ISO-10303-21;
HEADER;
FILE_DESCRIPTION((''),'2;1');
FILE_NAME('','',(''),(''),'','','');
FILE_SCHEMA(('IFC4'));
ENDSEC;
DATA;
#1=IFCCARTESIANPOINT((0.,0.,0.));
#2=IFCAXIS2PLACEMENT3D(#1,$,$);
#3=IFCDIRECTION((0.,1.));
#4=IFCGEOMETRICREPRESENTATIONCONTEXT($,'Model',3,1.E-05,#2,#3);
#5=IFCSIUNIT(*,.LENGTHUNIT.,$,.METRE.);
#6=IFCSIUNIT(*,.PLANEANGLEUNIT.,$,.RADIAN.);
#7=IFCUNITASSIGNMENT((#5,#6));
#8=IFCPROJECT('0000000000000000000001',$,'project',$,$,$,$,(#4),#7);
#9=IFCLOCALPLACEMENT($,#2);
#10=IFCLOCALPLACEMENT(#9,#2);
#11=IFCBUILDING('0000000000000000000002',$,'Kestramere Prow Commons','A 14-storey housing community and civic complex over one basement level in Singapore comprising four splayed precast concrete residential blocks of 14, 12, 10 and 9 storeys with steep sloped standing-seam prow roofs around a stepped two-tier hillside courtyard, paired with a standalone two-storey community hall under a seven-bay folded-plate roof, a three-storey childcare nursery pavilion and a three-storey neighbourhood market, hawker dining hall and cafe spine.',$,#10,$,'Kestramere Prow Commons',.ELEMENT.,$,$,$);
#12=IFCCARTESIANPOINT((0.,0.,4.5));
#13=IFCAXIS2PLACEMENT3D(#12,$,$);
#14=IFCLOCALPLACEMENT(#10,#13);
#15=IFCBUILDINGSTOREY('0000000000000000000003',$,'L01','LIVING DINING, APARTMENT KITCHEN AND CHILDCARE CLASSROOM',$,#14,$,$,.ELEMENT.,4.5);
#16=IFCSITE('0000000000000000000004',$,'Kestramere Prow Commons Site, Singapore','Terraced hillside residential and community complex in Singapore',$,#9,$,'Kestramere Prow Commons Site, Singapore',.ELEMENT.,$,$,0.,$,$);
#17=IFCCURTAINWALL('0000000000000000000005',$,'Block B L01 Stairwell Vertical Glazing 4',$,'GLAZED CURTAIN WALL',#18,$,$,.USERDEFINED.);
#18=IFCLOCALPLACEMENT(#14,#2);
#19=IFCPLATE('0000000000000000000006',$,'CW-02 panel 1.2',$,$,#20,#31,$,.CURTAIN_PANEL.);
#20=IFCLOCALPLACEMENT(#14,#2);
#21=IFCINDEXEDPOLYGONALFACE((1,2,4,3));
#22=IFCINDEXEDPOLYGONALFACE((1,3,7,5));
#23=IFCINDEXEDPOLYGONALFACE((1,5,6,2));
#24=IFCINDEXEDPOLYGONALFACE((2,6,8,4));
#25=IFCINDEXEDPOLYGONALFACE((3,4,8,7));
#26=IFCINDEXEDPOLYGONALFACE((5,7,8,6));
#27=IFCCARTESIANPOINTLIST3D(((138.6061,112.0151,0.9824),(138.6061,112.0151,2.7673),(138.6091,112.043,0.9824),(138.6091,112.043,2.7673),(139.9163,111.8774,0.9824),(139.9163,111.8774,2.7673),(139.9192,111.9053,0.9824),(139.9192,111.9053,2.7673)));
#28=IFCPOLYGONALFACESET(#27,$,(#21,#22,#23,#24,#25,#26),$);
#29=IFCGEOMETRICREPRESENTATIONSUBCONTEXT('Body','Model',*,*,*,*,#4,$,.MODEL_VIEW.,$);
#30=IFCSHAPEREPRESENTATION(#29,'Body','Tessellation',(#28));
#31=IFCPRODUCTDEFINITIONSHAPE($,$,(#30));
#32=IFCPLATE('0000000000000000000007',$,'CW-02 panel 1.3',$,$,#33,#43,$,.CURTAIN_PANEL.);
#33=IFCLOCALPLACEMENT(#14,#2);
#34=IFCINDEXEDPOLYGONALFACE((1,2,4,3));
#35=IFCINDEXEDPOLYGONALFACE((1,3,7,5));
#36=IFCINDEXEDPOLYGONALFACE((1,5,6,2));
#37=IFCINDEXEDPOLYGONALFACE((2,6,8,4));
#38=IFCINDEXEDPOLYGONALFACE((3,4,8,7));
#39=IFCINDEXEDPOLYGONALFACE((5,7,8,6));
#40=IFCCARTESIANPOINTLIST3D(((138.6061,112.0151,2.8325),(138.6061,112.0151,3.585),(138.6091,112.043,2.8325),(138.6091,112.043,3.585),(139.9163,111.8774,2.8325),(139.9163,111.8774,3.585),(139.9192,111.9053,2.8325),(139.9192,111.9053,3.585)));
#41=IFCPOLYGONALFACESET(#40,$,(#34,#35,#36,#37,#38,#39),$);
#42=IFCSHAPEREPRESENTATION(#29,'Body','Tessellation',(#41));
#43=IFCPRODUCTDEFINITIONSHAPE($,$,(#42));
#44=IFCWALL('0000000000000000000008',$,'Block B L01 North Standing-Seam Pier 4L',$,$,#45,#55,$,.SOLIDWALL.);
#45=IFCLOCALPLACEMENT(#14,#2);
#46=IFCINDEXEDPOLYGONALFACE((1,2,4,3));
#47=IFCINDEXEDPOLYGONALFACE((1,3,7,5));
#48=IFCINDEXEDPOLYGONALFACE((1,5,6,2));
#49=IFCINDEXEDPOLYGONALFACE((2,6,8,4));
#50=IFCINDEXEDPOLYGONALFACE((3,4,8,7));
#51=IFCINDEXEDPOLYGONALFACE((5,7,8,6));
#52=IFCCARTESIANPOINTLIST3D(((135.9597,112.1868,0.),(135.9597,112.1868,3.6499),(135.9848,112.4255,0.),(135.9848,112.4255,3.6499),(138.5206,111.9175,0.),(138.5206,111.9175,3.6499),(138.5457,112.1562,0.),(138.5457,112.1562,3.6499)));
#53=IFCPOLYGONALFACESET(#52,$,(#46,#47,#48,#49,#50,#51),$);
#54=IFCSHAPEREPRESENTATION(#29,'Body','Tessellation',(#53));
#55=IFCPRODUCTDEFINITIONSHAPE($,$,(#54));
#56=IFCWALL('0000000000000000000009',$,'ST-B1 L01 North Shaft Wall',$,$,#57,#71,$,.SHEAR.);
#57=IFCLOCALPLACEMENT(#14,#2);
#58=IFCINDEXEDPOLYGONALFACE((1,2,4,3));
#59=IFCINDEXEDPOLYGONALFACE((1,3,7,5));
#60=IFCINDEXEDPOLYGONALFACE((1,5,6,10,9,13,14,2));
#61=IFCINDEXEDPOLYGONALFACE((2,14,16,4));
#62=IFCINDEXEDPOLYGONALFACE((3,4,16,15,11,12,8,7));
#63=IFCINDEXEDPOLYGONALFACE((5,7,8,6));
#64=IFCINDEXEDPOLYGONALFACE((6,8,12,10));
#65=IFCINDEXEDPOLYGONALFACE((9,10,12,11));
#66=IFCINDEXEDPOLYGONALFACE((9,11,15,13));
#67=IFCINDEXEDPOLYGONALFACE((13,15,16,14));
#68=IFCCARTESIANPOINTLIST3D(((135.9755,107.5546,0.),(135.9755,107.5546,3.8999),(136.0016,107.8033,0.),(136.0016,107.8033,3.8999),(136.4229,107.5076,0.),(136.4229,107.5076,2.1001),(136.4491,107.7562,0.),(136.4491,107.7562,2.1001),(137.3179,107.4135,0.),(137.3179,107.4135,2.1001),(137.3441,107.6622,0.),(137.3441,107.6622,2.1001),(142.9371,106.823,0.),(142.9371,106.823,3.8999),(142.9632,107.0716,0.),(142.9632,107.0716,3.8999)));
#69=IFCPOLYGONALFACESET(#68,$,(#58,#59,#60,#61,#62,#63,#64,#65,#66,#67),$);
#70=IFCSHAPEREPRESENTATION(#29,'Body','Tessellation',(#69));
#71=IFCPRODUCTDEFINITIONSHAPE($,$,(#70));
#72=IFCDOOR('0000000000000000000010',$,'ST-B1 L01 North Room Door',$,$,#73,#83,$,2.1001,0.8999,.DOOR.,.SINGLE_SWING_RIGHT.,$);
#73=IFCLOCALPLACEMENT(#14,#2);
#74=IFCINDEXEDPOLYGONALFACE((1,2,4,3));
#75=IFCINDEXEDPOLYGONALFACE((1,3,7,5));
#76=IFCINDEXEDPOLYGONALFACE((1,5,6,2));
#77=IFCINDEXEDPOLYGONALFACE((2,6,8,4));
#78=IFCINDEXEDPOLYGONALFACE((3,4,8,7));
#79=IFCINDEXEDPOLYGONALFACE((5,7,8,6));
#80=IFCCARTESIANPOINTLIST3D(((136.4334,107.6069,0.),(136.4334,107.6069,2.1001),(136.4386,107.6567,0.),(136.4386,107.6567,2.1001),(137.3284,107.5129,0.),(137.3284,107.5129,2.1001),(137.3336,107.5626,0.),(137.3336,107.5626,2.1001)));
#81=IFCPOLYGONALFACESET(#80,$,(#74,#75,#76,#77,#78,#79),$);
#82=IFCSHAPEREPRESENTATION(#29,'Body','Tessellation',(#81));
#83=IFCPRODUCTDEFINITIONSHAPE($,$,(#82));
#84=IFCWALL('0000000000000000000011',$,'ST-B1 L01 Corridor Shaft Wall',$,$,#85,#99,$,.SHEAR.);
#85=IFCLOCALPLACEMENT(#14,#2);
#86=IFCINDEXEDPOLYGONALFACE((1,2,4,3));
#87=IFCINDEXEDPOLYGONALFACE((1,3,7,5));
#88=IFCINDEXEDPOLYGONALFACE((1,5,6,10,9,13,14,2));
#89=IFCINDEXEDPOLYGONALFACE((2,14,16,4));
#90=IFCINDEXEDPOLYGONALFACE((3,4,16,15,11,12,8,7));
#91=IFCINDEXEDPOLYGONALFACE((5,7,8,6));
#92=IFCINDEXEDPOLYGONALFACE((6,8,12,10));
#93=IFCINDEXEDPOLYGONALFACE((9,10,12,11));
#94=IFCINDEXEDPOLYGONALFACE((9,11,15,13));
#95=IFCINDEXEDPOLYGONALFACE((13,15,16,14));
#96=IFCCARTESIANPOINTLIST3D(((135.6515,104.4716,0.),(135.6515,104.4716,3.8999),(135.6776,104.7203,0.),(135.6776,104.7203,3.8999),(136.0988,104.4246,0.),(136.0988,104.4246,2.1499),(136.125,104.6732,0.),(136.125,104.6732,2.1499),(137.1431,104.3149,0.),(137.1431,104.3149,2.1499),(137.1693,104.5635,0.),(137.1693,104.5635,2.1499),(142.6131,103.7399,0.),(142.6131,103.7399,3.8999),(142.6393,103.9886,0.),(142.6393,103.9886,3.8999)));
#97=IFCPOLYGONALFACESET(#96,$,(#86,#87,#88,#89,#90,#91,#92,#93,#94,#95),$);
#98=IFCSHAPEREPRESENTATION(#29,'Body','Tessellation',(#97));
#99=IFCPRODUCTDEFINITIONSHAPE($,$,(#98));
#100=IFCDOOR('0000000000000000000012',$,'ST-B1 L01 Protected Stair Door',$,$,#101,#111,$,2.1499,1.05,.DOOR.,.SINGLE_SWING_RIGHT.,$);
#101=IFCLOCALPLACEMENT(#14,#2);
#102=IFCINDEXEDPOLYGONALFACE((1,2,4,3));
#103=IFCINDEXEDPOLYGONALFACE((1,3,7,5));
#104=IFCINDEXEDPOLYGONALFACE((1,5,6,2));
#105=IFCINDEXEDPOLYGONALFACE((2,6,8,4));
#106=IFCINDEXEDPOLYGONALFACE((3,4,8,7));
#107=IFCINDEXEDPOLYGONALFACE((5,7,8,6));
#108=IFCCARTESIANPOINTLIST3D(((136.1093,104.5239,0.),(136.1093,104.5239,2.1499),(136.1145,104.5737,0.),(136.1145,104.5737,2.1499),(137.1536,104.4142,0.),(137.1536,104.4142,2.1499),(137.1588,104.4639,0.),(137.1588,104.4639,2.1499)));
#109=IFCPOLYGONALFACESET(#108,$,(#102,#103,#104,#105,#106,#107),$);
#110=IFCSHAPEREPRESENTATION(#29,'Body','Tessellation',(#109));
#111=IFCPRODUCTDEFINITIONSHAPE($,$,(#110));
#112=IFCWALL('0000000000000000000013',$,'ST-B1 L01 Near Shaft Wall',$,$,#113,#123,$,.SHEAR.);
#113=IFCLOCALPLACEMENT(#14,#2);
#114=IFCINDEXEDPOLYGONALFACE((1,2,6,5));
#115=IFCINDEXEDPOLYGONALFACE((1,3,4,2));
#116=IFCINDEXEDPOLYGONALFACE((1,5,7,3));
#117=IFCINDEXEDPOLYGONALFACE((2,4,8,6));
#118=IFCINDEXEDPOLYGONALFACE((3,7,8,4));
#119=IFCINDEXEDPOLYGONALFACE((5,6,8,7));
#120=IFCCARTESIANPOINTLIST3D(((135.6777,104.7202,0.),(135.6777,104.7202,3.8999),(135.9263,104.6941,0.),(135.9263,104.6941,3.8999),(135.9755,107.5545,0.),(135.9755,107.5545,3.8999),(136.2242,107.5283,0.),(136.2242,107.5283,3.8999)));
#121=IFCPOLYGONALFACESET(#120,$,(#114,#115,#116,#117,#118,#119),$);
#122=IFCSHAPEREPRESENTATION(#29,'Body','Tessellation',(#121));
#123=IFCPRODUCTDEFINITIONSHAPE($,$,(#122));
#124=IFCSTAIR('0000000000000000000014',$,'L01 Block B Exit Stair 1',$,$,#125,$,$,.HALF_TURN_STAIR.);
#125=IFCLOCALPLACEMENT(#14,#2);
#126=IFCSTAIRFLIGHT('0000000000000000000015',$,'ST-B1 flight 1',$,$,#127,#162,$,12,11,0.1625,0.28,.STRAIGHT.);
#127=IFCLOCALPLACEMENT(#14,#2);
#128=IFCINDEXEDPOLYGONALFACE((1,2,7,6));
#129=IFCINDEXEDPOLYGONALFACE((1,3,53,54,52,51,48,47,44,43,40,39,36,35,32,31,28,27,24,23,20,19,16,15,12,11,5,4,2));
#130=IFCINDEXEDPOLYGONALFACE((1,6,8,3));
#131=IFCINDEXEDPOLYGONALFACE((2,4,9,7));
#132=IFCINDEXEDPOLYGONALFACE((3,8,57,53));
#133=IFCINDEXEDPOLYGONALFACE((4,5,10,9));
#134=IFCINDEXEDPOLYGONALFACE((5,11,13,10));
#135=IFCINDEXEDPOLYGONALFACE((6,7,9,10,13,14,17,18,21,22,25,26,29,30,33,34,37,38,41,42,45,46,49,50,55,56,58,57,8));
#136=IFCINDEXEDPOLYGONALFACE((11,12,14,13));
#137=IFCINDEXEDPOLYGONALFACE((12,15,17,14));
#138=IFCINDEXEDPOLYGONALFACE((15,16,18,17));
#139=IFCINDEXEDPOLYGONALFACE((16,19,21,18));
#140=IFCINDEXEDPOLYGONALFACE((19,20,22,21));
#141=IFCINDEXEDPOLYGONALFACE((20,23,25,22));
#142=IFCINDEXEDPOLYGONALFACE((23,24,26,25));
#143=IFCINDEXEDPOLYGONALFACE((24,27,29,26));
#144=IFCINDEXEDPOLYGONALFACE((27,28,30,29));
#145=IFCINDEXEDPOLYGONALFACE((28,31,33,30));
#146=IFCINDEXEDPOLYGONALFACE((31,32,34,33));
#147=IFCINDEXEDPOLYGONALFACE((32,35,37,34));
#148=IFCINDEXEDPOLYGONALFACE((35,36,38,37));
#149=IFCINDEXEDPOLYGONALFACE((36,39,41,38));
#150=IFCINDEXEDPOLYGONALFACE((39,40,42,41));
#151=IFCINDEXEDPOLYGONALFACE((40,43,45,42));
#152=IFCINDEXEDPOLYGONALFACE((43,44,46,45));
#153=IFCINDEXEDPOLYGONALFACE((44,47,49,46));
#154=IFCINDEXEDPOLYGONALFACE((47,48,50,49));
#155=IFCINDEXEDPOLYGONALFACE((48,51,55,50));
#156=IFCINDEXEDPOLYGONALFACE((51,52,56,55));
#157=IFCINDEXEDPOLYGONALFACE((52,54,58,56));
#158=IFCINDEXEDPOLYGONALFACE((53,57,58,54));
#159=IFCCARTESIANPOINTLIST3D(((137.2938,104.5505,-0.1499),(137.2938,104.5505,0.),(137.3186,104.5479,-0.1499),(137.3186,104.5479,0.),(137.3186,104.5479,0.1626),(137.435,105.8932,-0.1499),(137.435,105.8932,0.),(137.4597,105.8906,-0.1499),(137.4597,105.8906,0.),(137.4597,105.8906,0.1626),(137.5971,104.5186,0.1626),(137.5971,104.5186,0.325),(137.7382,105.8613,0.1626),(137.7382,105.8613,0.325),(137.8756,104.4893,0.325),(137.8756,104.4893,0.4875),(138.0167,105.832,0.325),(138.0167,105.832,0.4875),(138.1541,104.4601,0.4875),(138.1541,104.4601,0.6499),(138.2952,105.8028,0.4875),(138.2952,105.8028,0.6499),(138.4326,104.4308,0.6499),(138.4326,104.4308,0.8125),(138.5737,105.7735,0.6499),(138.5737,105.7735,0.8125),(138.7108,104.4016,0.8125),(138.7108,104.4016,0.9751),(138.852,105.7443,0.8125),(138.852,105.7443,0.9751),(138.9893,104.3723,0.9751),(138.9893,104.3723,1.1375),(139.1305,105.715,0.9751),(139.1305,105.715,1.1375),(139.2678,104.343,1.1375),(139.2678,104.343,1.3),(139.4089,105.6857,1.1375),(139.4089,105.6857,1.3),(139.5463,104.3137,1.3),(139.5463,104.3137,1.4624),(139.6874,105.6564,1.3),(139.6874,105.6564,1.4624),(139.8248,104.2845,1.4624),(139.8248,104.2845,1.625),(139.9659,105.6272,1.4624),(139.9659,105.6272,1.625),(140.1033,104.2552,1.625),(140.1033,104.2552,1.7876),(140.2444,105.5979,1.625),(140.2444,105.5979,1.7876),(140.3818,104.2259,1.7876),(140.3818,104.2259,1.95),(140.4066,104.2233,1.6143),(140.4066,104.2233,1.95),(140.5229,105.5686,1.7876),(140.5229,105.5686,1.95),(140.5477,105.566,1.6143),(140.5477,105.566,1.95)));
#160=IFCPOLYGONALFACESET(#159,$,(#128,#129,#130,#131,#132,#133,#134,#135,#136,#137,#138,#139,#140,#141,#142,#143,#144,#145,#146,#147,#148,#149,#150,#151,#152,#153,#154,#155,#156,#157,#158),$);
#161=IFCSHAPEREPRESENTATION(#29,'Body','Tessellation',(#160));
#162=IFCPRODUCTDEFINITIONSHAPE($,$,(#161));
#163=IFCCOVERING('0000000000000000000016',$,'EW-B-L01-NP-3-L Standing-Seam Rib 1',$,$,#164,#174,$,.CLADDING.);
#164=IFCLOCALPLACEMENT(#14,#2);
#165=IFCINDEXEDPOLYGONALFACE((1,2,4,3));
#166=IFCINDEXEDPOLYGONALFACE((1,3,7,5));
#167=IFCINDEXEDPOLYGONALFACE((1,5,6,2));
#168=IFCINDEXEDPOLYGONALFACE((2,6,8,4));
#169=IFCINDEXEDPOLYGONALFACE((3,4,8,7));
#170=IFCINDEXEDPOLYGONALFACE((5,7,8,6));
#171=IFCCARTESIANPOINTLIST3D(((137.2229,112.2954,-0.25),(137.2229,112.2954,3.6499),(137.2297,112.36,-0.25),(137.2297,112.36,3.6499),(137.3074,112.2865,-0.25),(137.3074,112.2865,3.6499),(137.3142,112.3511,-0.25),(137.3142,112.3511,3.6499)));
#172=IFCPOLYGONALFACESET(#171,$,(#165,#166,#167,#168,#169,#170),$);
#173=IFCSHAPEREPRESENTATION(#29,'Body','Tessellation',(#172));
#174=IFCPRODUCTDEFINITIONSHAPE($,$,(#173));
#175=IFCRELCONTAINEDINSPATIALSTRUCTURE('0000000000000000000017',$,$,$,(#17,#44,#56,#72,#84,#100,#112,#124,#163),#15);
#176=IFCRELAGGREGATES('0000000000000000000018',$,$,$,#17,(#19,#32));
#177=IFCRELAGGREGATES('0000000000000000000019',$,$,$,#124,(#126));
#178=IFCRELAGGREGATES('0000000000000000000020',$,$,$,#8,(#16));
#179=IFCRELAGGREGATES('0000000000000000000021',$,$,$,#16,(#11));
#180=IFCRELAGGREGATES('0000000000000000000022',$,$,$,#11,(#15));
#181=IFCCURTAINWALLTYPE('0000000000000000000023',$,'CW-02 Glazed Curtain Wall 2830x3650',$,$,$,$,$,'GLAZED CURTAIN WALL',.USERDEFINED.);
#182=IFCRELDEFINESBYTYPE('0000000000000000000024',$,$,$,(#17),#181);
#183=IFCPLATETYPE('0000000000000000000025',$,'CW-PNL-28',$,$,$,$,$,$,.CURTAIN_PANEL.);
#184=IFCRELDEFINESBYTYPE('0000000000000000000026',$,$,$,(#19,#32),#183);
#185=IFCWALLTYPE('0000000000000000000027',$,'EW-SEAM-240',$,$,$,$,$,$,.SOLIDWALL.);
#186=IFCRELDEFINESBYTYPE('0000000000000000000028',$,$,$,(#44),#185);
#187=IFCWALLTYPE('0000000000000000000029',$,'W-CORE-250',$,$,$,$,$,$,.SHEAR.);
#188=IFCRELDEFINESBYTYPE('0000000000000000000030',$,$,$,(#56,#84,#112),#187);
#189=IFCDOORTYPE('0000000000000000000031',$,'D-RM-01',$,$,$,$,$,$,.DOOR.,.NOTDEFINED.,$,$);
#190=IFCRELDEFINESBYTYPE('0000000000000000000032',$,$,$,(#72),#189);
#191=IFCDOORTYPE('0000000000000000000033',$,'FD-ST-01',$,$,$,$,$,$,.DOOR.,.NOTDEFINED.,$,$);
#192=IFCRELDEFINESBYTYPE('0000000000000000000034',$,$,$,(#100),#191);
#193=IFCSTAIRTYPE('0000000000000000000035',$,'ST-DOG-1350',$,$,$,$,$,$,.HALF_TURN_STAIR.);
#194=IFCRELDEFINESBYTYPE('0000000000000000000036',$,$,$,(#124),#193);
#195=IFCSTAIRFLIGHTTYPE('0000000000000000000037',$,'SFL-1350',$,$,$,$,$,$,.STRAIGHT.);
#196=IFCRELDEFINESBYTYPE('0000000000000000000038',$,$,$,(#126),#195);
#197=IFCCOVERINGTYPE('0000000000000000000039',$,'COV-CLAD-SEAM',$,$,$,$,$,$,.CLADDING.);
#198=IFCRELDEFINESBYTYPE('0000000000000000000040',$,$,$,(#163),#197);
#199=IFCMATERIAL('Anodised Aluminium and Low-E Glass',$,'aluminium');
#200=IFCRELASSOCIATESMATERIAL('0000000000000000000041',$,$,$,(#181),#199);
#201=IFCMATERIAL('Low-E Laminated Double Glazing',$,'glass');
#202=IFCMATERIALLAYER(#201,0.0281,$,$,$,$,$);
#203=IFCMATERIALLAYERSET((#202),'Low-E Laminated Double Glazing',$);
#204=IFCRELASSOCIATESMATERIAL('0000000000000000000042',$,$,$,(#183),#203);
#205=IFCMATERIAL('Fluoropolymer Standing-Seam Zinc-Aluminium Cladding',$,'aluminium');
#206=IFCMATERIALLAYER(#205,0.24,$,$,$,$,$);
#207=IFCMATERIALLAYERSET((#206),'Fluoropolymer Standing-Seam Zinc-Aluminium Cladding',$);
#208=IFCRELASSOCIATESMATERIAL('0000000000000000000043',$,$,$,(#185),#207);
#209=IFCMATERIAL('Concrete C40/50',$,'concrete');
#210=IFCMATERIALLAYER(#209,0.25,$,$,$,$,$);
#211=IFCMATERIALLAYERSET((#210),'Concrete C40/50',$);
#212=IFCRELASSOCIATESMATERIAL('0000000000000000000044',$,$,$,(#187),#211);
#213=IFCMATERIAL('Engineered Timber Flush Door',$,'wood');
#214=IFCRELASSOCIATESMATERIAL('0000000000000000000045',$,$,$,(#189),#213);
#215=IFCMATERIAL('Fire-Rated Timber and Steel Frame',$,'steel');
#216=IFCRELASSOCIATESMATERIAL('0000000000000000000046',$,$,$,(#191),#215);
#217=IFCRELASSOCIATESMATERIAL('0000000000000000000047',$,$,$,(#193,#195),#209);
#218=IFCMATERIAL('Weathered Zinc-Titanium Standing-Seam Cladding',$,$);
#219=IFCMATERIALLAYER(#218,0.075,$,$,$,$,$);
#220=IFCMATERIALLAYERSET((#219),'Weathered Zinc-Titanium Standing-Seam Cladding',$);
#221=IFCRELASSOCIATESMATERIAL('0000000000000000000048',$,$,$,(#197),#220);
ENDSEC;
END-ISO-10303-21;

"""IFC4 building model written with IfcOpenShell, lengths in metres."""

from ifc_helpers import new_model, si_unit, direction, frame, frame_2d, origin, origin_2d, place, context, subcontext, project, spatial, polyline, rectangle, outline, extrude, material, layer, layer_set, type_object, element, fill, aggregate, save


model = new_model("IFC4")

# Units and contexts
model_context = context("Model", 3, precision=1e-05, world=origin(), true_north=direction((0.0, 1.0)))
body_context = subcontext(model_context, "Body", "Model", "MODEL_VIEW")
ifc_project = project(units=[si_unit("LENGTHUNIT", "METRE"), si_unit("PLANEANGLEUNIT", "RADIAN")], contexts=[model_context])

# Site, building, storey
site_placement = place(None, origin())
site = spatial("IfcSite", under=ifc_project, at=site_placement, Name="Kestramere Prow Commons Site, Singapore", Description="Terraced hillside residential and community complex in Singapore", LongName="Kestramere Prow Commons Site, Singapore", CompositionType="ELEMENT", RefElevation=0.0)
building_placement = place(site_placement, origin())
building = spatial("IfcBuilding", under=site, at=building_placement, Name="Kestramere Prow Commons", Description="A 14-storey housing community and civic complex over one basement level in Singapore comprising four splayed precast concrete residential blocks of 14, 12, 10 and 9 storeys with steep sloped standing-seam prow roofs around a stepped two-tier hillside courtyard, paired with a standalone two-storey community hall under a seven-bay folded-plate roof, a three-storey childcare nursery pavilion and a three-storey neighbourhood market, hawker dining hall and cafe spine.", LongName="Kestramere Prow Commons", CompositionType="ELEMENT")
storey_placement = place(building_placement, frame((0.0, 0.0, 4.5)))
storey = spatial("IfcBuildingStorey", under=building, at=storey_placement, Name="L01", Description="LIVING DINING, APARTMENT KITCHEN AND CHILDCARE CLASSROOM", CompositionType="ELEMENT", Elevation=4.5)

# Curtain wall
ifc_material_1 = material(Name="Anodised Aluminium and Low-E Glass", Category="aluminium")
curtain_wall_type = type_object("IfcCurtainWallType", Name="CW-02 Glazed Curtain Wall 2830x3650", ElementType="GLAZED CURTAIN WALL", PredefinedType="USERDEFINED", material=ifc_material_1)
curtain_wall_placement = place(storey_placement, origin())
curtain_wall = element("IfcCurtainWall", 1, at=curtain_wall_placement, inside=storey, type_object=curtain_wall_type, Name="Block B L01 Stairwell Vertical Glazing 4", ObjectType="GLAZED CURTAIN WALL", PredefinedType="USERDEFINED")

# Plates
ifc_material_2 = material(Name="Low-E Laminated Double Glazing", Category="glass")
ifc_layer_1 = layer(ifc_material_2, 0.0281)
ifc_layer_set_1 = layer_set([ifc_layer_1], Name="Low-E Laminated Double Glazing")
plate_type = type_object("IfcPlateType", Name="CW-PNL-28", PredefinedType="CURTAIN_PANEL", material=ifc_layer_set_1)
plate_1_placement = place(storey_placement, frame((139.2627, 111.9602, 0.9824), z_axis=(0.0, 0.0, 1.0), x_axis=(0.994522, -0.104529, 0.0)))
plate_1 = element("IfcPlate", 2, at=plate_1_placement, type_object=plate_type, Name="CW-02 panel 1.2", PredefinedType="CURTAIN_PANEL", context=body_context, shape_type="SweptSolid", body=[
    extrude(rectangle(XDim=1.3174, YDim=0.0281, at=origin_2d()), origin(), (0.0, 0.0, 1.0), 1.7849),
])
plate_2_placement = place(storey_placement, frame((139.2627, 111.9602, 2.8325), z_axis=(0.0, 0.0, 1.0), x_axis=(0.994522, -0.104529, 0.0)))
plate_2 = element("IfcPlate", 3, at=plate_2_placement, type_object=plate_type, Name="CW-02 panel 1.3", PredefinedType="CURTAIN_PANEL", context=body_context, shape_type="SweptSolid", body=[
    extrude(rectangle(XDim=1.3174, YDim=0.0281, at=origin_2d()), origin(), (0.0, 0.0, 1.0), 0.7524),
])
aggregate(curtain_wall, [plate_1, plate_2])

# Wall
ifc_material_3 = material(Name="Fluoropolymer Standing-Seam Zinc-Aluminium Cladding", Category="aluminium")
ifc_layer_2 = layer(ifc_material_3, 0.24)
ifc_layer_set_2 = layer_set([ifc_layer_2], Name="Fluoropolymer Standing-Seam Zinc-Aluminium Cladding")
wall_type_1 = type_object("IfcWallType", Name="EW-SEAM-240", PredefinedType="SOLIDWALL", material=ifc_layer_set_2)
wall_1_placement = place(storey_placement, frame((135.9722, 112.3062, 0.0), z_axis=(0.0, 0.0, 1.0), x_axis=(0.994516, -0.104581, 0.0)))
element("IfcWall", 4, at=wall_1_placement, inside=storey, type_object=wall_type_1, Name="Block B L01 North Standing-Seam Pier 4L", PredefinedType="SOLIDWALL", context=body_context, shape_type="SweptSolid", body=[
    extrude(rectangle(XDim=2.575, YDim=0.24, at=frame_2d((1.2876, 0.0))), origin(), (0.0, 0.0, 1.0), 3.6499),
])

# Walls, openings, doors
ifc_material_4 = material(Name="Concrete C40/50", Category="concrete")
ifc_layer_3 = layer(ifc_material_4, 0.25)
ifc_layer_set_3 = layer_set([ifc_layer_3], Name="Concrete C40/50")
wall_type_2 = type_object("IfcWallType", Name="W-CORE-250", PredefinedType="SHEAR", material=ifc_layer_set_3)
wall_2_placement = place(storey_placement, frame((135.9885, 107.679, 0.0), z_axis=(0.0, 0.0, 1.0), x_axis=(0.994522, -0.104527, 0.0)))
wall_2 = element("IfcWall", 5, at=wall_2_placement, inside=storey, type_object=wall_type_2, Name="ST-B1 L01 North Shaft Wall", PredefinedType="SHEAR", context=body_context, shape_type="SweptSolid", body=[
    extrude(rectangle(XDim=7.0, YDim=0.25, at=frame_2d((3.5, 0.0))), origin(), (0.0, 0.0, 1.0), 3.8999),
])
opening_1_placement = place(wall_2_placement, frame((0.45, 0.0, 0.0)))
opening_1 = element("IfcOpeningElement", 6, at=opening_1_placement, cuts=wall_2, PredefinedType="OPENING", context=body_context, shape_type="SweptSolid", body=[
    extrude(rectangle(XDim=0.8999, YDim=2.1001, at=frame_2d((0.45, 1.05))), frame((0.0, 0.1399, 0.0), z_axis=(0.0, -1.0, 0.0), x_axis=(1.0, 0.0, 0.0)), (0.0, 0.0, 1.0), 0.28),
])
ifc_material_5 = material(Name="Engineered Timber Flush Door", Category="wood")
door_type_1 = type_object("IfcDoorType", Name="D-RM-01", OperationType="NOTDEFINED", PredefinedType="DOOR", material=ifc_material_5)
door_1_placement = place(opening_1_placement, origin())
door_1 = element("IfcDoor", 7, at=door_1_placement, inside=storey, type_object=door_type_1, Name="ST-B1 L01 North Room Door", OperationType="SINGLE_SWING_RIGHT", OverallHeight=2.1001, OverallWidth=0.8999, PredefinedType="DOOR", context=body_context, shape_type="SweptSolid", body=[
    extrude(rectangle(XDim=0.8999, YDim=2.1001, at=frame_2d((0.45, 1.05))), frame((0.0, 0.0249, 0.0), z_axis=(0.0, -1.0, 0.0), x_axis=(1.0, 0.0, 0.0)), (0.0, 0.0, 1.0), 0.05),
])
fill(opening_1, door_1)
wall_3_placement = place(storey_placement, frame((135.6646, 104.5959, 0.0), z_axis=(0.0, 0.0, 1.0), x_axis=(0.994522, -0.104527, 0.0)))
wall_3 = element("IfcWall", 8, at=wall_3_placement, inside=storey, type_object=wall_type_2, Name="ST-B1 L01 Corridor Shaft Wall", PredefinedType="SHEAR", context=body_context, shape_type="SweptSolid", body=[
    extrude(rectangle(XDim=7.0, YDim=0.25, at=frame_2d((3.5, 0.0))), origin(), (0.0, 0.0, 1.0), 3.8999),
])
opening_2_placement = place(wall_3_placement, frame((0.45, 0.0, 0.0)))
opening_2 = element("IfcOpeningElement", 9, at=opening_2_placement, cuts=wall_3, PredefinedType="OPENING", context=body_context, shape_type="SweptSolid", body=[
    extrude(rectangle(XDim=1.05, YDim=2.1499, at=frame_2d((0.5249, 1.075))), frame((0.0, 0.1399, 0.0), z_axis=(0.0, -1.0, 0.0), x_axis=(1.0, 0.0, 0.0)), (0.0, 0.0, 1.0), 0.28),
])
ifc_material_6 = material(Name="Fire-Rated Timber and Steel Frame", Category="steel")
door_type_2 = type_object("IfcDoorType", Name="FD-ST-01", OperationType="NOTDEFINED", PredefinedType="DOOR", material=ifc_material_6)
door_2_placement = place(opening_2_placement, origin())
door_2 = element("IfcDoor", 10, at=door_2_placement, inside=storey, type_object=door_type_2, Name="ST-B1 L01 Protected Stair Door", OperationType="SINGLE_SWING_RIGHT", OverallHeight=2.1499, OverallWidth=1.05, PredefinedType="DOOR", context=body_context, shape_type="SweptSolid", body=[
    extrude(rectangle(XDim=1.05, YDim=2.1499, at=frame_2d((0.5249, 1.075))), frame((0.0, 0.0249, 0.0), z_axis=(0.0, -1.0, 0.0), x_axis=(1.0, 0.0, 0.0)), (0.0, 0.0, 1.0), 0.05),
])
fill(opening_2, door_2)

# Wall
wall_4_placement = place(storey_placement, frame((135.802, 104.7073, 0.0), z_axis=(0.0, 0.0, 1.0), x_axis=(0.104515, 0.994523, 0.0)))
element("IfcWall", 11, at=wall_4_placement, inside=storey, type_object=wall_type_2, Name="ST-B1 L01 Near Shaft Wall", PredefinedType="SHEAR", context=body_context, shape_type="SweptSolid", body=[
    extrude(rectangle(XDim=2.8499, YDim=0.25, at=frame_2d((1.4248, 0.0))), origin(), (0.0, 0.0, 1.0), 3.8999),
])

# Stair, stair flight
stair_type = type_object("IfcStairType", Name="ST-DOG-1350", PredefinedType="HALF_TURN_STAIR", material=ifc_material_4)
stair_placement = place(storey_placement, origin())
stair = element("IfcStair", 12, at=stair_placement, inside=storey, type_object=stair_type, Name="L01 Block B Exit Stair 1", PredefinedType="HALF_TURN_STAIR")
stair_flight_type = type_object("IfcStairFlightType", Name="SFL-1350", PredefinedType="STRAIGHT", material=ifc_material_4)
stair_flight_placement = place(storey_placement, frame((137.3892, 105.2192, 0.0), z_axis=(0.0, 0.0, 1.0), x_axis=(0.994522, -0.104528, 0.0)))
stair_flight = element("IfcStairFlight", 13, at=stair_flight_placement, type_object=stair_flight_type, Name="ST-B1 flight 1", NumberOfRisers=12, NumberOfTreads=11, PredefinedType="STRAIGHT", RiserHeight=0.1625, TreadLength=0.28, context=body_context, shape_type="SweptSolid", body=[
    extrude(outline(polyline([(-0.0249, 0.0), (0.0, 0.0), (0.0, 0.1626), (0.28, 0.1626), (0.28, 0.325), (0.5601, 0.325), (0.5601, 0.4875), (0.8401, 0.4875), (0.8401, 0.6499), (1.1201, 0.6499), (1.1201, 0.8125), (1.3999, 0.8125), (1.3999, 0.9751), (1.6799, 0.9751), (1.6799, 1.1375), (1.96, 1.1375), (1.96, 1.3), (2.24, 1.3), (2.24, 1.4624), (2.52, 1.4624), (2.52, 1.625), (2.8, 1.625), (2.8, 1.7876), (3.0801, 1.7876), (3.0801, 1.95), (3.105, 1.95), (3.105, 1.6143), (0.0, -0.1499), (-0.0249, -0.1499), (-0.0249, 0.0)])), frame((0.0, 0.675, 0.0), z_axis=(0.0, -1.0, 0.0), x_axis=(1.0, 0.0, 0.0)), (0.0, 0.0, 1.0), 1.3501),
])
aggregate(stair, [stair_flight])

# Covering
ifc_material_7 = material(Name="Weathered Zinc-Titanium Standing-Seam Cladding")
ifc_layer_4 = layer(ifc_material_7, 0.075)
ifc_layer_set_4 = layer_set([ifc_layer_4], Name="Weathered Zinc-Titanium Standing-Seam Cladding")
covering_type = type_object("IfcCoveringType", Name="COV-CLAD-SEAM", PredefinedType="CLADDING", material=ifc_layer_set_4)
covering_placement = place(storey_placement, frame((137.2686, 112.3232, -0.25), z_axis=(0.0, 0.0, 1.0), x_axis=(0.994522, -0.104528, 0.0)))
element("IfcCovering", 14, at=covering_placement, inside=storey, type_object=covering_type, Name="EW-B-L01-NP-3-L Standing-Seam Rib 1", PredefinedType="CLADDING", context=body_context, shape_type="SweptSolid", body=[
    extrude(rectangle(XDim=0.085, YDim=0.0649, at=origin_2d()), origin(), (0.0, 0.0, 1.0), 3.8999),
])

save(model, "model.ifc")
